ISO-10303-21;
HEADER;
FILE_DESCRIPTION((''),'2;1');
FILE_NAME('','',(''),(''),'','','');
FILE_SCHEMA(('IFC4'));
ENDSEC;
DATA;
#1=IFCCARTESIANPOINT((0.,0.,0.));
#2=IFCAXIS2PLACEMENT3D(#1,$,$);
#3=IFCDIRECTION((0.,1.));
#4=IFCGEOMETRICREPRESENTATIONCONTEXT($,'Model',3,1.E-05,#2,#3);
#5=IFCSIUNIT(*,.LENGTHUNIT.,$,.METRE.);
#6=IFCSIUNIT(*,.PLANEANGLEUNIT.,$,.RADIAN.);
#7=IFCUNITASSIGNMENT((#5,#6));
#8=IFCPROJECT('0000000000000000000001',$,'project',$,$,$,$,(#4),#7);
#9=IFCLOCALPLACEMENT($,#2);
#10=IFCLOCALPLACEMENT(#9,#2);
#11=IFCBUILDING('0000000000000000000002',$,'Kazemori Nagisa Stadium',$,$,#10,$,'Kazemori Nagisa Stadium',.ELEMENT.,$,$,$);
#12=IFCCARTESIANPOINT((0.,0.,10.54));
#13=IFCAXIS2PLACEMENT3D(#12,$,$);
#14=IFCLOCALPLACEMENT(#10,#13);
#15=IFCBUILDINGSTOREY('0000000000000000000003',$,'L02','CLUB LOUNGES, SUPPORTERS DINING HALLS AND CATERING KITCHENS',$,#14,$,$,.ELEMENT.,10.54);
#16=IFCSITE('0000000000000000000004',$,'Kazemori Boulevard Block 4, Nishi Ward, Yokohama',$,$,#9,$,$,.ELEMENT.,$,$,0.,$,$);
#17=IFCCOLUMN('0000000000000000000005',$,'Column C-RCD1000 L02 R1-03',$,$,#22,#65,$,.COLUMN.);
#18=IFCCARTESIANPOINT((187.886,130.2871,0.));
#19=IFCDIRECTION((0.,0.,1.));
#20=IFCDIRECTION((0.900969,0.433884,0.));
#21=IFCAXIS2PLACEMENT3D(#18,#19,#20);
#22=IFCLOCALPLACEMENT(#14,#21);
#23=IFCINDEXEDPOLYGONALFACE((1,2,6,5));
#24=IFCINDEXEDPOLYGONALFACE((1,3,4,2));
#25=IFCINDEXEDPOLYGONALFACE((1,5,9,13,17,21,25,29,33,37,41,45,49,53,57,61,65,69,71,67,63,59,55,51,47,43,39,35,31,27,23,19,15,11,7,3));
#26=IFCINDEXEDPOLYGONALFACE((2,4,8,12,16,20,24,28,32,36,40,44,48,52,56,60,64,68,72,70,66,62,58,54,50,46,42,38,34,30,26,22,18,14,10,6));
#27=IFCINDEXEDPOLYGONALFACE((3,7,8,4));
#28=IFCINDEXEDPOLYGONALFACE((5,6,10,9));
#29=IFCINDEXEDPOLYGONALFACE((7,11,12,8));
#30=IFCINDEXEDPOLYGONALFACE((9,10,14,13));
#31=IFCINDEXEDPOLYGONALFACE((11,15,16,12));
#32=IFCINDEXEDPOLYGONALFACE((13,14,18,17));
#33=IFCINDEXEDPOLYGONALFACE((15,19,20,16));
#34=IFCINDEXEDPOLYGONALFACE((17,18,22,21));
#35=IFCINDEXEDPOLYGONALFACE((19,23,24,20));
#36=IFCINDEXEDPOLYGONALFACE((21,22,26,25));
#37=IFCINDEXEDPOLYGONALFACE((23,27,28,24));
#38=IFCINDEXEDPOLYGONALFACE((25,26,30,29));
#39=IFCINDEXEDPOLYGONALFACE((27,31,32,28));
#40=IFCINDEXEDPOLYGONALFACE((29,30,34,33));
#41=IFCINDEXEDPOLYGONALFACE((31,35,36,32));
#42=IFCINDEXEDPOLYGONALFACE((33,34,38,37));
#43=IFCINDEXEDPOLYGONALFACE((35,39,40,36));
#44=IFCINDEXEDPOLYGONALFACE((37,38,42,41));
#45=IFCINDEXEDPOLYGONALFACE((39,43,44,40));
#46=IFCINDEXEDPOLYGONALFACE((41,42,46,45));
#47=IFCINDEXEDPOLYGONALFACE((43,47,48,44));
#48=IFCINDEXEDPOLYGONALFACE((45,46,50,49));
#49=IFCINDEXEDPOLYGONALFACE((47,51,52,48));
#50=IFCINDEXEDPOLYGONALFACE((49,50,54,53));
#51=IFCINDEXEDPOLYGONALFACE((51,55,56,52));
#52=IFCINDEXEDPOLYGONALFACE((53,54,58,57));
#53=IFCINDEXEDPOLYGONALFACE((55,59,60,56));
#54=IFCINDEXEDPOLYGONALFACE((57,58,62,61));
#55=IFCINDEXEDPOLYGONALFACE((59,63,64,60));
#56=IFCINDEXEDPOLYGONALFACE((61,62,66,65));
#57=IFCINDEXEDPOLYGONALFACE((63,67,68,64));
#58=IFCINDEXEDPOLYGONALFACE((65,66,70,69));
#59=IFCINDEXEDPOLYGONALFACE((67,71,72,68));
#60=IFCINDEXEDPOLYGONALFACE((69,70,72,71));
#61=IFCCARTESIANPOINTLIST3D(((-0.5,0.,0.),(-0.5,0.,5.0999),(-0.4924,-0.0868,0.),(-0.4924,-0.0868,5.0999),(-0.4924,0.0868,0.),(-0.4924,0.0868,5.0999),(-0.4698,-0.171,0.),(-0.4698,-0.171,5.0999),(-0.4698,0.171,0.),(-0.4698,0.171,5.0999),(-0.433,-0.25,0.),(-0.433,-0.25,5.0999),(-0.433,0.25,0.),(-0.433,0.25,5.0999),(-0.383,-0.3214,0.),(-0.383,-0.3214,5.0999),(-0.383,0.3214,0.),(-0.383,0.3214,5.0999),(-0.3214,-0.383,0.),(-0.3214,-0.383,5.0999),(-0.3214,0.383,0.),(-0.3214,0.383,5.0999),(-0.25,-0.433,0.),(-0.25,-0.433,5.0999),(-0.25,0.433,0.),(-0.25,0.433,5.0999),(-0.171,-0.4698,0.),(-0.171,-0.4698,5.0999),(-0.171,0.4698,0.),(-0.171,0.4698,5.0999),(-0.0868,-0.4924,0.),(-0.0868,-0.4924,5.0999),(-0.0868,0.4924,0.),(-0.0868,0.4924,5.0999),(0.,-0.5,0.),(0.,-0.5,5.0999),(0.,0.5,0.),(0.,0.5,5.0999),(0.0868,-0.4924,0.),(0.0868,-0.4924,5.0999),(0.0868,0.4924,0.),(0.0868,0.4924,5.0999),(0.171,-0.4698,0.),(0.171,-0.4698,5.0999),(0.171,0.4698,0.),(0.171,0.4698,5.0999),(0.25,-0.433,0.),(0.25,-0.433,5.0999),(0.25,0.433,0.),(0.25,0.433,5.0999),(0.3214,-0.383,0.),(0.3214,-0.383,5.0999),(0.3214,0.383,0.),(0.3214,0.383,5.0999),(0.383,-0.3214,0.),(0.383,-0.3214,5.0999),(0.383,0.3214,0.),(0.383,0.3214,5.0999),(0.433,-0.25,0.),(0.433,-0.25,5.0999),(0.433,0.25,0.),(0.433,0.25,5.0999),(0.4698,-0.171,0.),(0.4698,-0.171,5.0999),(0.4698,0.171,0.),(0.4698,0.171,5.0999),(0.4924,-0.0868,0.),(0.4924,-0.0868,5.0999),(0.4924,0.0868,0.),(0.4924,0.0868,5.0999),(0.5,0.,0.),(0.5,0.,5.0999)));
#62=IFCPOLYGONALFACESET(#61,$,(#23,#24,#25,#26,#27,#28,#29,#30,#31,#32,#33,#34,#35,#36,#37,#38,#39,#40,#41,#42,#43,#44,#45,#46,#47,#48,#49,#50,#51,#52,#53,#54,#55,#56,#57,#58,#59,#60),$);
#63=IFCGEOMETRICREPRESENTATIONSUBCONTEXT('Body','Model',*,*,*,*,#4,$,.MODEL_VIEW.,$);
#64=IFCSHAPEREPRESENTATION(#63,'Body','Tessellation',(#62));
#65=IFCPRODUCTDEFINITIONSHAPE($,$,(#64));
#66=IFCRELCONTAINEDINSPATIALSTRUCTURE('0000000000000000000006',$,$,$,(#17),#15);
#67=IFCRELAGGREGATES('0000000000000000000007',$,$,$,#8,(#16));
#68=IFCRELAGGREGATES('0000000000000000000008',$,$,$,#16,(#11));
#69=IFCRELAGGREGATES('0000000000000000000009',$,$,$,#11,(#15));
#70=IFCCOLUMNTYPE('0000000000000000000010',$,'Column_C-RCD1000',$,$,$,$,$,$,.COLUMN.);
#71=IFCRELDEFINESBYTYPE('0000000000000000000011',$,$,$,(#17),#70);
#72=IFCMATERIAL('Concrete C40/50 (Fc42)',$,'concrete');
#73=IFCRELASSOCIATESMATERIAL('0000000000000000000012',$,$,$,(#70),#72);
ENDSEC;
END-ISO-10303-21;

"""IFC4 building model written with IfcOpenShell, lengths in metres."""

from ifc_helpers import new_model, si_unit, direction, frame, origin, origin_2d, place, context, subcontext, project, spatial, circle, extrude, material, material_profile, profile_set, type_object, element, save


model = new_model("IFC4")

# Units and contexts
model_context = context("Model", 3, precision=1e-05, world=origin(), true_north=direction((0.0, 1.0)))
body_context = subcontext(model_context, "Body", "Model", "MODEL_VIEW")
ifc_project = project(units=[si_unit("LENGTHUNIT", "METRE"), si_unit("PLANEANGLEUNIT", "RADIAN")], contexts=[model_context])

# Site, building, storey
site_placement = place(None, origin())
site = spatial("IfcSite", under=ifc_project, at=site_placement, Name="Kazemori Boulevard Block 4, Nishi Ward, Yokohama", CompositionType="ELEMENT", RefElevation=0.0)
building_placement = place(site_placement, origin())
building = spatial("IfcBuilding", under=site, at=building_placement, Name="Kazemori Nagisa Stadium", LongName="Kazemori Nagisa Stadium", CompositionType="ELEMENT")
storey_placement = place(building_placement, frame((0.0, 0.0, 10.54)))
storey = spatial("IfcBuildingStorey", under=building, at=storey_placement, Name="L02", Description="CLUB LOUNGES, SUPPORTERS DINING HALLS AND CATERING KITCHENS", CompositionType="ELEMENT", Elevation=10.54)

# Column
ifc_material_1 = material(Name="Concrete C40/50 (Fc42)", Category="concrete")
ifc_material_profile_1 = material_profile(ifc_material_1, circle(Radius=0.5, at=origin_2d()), Name="RC-COL-D1000")
ifc_profile_set_1 = profile_set([ifc_material_profile_1], Name="Concrete C40/50 (Fc42)")
column_type_1 = type_object("IfcColumnType", Name="Column_C-RCD1000", PredefinedType="COLUMN", material=ifc_profile_set_1)
column_1_placement = place(storey_placement, frame((187.886, 130.2871, 0.0), z_axis=(0.0, 0.0, 1.0), x_axis=(0.900969, 0.433884, 0.0)))
element("IfcColumn", 1, at=column_1_placement, inside=storey, type_object=column_type_1, Name="Column C-RCD1000 L02 R1-03", PredefinedType="COLUMN", context=body_context, shape_type="SweptSolid", body=[
    extrude(circle(Radius=0.5, at=origin_2d()), origin(), (0.0, 0.0, 1.0), 5.0999),
])

save(model, "model.ifc")
